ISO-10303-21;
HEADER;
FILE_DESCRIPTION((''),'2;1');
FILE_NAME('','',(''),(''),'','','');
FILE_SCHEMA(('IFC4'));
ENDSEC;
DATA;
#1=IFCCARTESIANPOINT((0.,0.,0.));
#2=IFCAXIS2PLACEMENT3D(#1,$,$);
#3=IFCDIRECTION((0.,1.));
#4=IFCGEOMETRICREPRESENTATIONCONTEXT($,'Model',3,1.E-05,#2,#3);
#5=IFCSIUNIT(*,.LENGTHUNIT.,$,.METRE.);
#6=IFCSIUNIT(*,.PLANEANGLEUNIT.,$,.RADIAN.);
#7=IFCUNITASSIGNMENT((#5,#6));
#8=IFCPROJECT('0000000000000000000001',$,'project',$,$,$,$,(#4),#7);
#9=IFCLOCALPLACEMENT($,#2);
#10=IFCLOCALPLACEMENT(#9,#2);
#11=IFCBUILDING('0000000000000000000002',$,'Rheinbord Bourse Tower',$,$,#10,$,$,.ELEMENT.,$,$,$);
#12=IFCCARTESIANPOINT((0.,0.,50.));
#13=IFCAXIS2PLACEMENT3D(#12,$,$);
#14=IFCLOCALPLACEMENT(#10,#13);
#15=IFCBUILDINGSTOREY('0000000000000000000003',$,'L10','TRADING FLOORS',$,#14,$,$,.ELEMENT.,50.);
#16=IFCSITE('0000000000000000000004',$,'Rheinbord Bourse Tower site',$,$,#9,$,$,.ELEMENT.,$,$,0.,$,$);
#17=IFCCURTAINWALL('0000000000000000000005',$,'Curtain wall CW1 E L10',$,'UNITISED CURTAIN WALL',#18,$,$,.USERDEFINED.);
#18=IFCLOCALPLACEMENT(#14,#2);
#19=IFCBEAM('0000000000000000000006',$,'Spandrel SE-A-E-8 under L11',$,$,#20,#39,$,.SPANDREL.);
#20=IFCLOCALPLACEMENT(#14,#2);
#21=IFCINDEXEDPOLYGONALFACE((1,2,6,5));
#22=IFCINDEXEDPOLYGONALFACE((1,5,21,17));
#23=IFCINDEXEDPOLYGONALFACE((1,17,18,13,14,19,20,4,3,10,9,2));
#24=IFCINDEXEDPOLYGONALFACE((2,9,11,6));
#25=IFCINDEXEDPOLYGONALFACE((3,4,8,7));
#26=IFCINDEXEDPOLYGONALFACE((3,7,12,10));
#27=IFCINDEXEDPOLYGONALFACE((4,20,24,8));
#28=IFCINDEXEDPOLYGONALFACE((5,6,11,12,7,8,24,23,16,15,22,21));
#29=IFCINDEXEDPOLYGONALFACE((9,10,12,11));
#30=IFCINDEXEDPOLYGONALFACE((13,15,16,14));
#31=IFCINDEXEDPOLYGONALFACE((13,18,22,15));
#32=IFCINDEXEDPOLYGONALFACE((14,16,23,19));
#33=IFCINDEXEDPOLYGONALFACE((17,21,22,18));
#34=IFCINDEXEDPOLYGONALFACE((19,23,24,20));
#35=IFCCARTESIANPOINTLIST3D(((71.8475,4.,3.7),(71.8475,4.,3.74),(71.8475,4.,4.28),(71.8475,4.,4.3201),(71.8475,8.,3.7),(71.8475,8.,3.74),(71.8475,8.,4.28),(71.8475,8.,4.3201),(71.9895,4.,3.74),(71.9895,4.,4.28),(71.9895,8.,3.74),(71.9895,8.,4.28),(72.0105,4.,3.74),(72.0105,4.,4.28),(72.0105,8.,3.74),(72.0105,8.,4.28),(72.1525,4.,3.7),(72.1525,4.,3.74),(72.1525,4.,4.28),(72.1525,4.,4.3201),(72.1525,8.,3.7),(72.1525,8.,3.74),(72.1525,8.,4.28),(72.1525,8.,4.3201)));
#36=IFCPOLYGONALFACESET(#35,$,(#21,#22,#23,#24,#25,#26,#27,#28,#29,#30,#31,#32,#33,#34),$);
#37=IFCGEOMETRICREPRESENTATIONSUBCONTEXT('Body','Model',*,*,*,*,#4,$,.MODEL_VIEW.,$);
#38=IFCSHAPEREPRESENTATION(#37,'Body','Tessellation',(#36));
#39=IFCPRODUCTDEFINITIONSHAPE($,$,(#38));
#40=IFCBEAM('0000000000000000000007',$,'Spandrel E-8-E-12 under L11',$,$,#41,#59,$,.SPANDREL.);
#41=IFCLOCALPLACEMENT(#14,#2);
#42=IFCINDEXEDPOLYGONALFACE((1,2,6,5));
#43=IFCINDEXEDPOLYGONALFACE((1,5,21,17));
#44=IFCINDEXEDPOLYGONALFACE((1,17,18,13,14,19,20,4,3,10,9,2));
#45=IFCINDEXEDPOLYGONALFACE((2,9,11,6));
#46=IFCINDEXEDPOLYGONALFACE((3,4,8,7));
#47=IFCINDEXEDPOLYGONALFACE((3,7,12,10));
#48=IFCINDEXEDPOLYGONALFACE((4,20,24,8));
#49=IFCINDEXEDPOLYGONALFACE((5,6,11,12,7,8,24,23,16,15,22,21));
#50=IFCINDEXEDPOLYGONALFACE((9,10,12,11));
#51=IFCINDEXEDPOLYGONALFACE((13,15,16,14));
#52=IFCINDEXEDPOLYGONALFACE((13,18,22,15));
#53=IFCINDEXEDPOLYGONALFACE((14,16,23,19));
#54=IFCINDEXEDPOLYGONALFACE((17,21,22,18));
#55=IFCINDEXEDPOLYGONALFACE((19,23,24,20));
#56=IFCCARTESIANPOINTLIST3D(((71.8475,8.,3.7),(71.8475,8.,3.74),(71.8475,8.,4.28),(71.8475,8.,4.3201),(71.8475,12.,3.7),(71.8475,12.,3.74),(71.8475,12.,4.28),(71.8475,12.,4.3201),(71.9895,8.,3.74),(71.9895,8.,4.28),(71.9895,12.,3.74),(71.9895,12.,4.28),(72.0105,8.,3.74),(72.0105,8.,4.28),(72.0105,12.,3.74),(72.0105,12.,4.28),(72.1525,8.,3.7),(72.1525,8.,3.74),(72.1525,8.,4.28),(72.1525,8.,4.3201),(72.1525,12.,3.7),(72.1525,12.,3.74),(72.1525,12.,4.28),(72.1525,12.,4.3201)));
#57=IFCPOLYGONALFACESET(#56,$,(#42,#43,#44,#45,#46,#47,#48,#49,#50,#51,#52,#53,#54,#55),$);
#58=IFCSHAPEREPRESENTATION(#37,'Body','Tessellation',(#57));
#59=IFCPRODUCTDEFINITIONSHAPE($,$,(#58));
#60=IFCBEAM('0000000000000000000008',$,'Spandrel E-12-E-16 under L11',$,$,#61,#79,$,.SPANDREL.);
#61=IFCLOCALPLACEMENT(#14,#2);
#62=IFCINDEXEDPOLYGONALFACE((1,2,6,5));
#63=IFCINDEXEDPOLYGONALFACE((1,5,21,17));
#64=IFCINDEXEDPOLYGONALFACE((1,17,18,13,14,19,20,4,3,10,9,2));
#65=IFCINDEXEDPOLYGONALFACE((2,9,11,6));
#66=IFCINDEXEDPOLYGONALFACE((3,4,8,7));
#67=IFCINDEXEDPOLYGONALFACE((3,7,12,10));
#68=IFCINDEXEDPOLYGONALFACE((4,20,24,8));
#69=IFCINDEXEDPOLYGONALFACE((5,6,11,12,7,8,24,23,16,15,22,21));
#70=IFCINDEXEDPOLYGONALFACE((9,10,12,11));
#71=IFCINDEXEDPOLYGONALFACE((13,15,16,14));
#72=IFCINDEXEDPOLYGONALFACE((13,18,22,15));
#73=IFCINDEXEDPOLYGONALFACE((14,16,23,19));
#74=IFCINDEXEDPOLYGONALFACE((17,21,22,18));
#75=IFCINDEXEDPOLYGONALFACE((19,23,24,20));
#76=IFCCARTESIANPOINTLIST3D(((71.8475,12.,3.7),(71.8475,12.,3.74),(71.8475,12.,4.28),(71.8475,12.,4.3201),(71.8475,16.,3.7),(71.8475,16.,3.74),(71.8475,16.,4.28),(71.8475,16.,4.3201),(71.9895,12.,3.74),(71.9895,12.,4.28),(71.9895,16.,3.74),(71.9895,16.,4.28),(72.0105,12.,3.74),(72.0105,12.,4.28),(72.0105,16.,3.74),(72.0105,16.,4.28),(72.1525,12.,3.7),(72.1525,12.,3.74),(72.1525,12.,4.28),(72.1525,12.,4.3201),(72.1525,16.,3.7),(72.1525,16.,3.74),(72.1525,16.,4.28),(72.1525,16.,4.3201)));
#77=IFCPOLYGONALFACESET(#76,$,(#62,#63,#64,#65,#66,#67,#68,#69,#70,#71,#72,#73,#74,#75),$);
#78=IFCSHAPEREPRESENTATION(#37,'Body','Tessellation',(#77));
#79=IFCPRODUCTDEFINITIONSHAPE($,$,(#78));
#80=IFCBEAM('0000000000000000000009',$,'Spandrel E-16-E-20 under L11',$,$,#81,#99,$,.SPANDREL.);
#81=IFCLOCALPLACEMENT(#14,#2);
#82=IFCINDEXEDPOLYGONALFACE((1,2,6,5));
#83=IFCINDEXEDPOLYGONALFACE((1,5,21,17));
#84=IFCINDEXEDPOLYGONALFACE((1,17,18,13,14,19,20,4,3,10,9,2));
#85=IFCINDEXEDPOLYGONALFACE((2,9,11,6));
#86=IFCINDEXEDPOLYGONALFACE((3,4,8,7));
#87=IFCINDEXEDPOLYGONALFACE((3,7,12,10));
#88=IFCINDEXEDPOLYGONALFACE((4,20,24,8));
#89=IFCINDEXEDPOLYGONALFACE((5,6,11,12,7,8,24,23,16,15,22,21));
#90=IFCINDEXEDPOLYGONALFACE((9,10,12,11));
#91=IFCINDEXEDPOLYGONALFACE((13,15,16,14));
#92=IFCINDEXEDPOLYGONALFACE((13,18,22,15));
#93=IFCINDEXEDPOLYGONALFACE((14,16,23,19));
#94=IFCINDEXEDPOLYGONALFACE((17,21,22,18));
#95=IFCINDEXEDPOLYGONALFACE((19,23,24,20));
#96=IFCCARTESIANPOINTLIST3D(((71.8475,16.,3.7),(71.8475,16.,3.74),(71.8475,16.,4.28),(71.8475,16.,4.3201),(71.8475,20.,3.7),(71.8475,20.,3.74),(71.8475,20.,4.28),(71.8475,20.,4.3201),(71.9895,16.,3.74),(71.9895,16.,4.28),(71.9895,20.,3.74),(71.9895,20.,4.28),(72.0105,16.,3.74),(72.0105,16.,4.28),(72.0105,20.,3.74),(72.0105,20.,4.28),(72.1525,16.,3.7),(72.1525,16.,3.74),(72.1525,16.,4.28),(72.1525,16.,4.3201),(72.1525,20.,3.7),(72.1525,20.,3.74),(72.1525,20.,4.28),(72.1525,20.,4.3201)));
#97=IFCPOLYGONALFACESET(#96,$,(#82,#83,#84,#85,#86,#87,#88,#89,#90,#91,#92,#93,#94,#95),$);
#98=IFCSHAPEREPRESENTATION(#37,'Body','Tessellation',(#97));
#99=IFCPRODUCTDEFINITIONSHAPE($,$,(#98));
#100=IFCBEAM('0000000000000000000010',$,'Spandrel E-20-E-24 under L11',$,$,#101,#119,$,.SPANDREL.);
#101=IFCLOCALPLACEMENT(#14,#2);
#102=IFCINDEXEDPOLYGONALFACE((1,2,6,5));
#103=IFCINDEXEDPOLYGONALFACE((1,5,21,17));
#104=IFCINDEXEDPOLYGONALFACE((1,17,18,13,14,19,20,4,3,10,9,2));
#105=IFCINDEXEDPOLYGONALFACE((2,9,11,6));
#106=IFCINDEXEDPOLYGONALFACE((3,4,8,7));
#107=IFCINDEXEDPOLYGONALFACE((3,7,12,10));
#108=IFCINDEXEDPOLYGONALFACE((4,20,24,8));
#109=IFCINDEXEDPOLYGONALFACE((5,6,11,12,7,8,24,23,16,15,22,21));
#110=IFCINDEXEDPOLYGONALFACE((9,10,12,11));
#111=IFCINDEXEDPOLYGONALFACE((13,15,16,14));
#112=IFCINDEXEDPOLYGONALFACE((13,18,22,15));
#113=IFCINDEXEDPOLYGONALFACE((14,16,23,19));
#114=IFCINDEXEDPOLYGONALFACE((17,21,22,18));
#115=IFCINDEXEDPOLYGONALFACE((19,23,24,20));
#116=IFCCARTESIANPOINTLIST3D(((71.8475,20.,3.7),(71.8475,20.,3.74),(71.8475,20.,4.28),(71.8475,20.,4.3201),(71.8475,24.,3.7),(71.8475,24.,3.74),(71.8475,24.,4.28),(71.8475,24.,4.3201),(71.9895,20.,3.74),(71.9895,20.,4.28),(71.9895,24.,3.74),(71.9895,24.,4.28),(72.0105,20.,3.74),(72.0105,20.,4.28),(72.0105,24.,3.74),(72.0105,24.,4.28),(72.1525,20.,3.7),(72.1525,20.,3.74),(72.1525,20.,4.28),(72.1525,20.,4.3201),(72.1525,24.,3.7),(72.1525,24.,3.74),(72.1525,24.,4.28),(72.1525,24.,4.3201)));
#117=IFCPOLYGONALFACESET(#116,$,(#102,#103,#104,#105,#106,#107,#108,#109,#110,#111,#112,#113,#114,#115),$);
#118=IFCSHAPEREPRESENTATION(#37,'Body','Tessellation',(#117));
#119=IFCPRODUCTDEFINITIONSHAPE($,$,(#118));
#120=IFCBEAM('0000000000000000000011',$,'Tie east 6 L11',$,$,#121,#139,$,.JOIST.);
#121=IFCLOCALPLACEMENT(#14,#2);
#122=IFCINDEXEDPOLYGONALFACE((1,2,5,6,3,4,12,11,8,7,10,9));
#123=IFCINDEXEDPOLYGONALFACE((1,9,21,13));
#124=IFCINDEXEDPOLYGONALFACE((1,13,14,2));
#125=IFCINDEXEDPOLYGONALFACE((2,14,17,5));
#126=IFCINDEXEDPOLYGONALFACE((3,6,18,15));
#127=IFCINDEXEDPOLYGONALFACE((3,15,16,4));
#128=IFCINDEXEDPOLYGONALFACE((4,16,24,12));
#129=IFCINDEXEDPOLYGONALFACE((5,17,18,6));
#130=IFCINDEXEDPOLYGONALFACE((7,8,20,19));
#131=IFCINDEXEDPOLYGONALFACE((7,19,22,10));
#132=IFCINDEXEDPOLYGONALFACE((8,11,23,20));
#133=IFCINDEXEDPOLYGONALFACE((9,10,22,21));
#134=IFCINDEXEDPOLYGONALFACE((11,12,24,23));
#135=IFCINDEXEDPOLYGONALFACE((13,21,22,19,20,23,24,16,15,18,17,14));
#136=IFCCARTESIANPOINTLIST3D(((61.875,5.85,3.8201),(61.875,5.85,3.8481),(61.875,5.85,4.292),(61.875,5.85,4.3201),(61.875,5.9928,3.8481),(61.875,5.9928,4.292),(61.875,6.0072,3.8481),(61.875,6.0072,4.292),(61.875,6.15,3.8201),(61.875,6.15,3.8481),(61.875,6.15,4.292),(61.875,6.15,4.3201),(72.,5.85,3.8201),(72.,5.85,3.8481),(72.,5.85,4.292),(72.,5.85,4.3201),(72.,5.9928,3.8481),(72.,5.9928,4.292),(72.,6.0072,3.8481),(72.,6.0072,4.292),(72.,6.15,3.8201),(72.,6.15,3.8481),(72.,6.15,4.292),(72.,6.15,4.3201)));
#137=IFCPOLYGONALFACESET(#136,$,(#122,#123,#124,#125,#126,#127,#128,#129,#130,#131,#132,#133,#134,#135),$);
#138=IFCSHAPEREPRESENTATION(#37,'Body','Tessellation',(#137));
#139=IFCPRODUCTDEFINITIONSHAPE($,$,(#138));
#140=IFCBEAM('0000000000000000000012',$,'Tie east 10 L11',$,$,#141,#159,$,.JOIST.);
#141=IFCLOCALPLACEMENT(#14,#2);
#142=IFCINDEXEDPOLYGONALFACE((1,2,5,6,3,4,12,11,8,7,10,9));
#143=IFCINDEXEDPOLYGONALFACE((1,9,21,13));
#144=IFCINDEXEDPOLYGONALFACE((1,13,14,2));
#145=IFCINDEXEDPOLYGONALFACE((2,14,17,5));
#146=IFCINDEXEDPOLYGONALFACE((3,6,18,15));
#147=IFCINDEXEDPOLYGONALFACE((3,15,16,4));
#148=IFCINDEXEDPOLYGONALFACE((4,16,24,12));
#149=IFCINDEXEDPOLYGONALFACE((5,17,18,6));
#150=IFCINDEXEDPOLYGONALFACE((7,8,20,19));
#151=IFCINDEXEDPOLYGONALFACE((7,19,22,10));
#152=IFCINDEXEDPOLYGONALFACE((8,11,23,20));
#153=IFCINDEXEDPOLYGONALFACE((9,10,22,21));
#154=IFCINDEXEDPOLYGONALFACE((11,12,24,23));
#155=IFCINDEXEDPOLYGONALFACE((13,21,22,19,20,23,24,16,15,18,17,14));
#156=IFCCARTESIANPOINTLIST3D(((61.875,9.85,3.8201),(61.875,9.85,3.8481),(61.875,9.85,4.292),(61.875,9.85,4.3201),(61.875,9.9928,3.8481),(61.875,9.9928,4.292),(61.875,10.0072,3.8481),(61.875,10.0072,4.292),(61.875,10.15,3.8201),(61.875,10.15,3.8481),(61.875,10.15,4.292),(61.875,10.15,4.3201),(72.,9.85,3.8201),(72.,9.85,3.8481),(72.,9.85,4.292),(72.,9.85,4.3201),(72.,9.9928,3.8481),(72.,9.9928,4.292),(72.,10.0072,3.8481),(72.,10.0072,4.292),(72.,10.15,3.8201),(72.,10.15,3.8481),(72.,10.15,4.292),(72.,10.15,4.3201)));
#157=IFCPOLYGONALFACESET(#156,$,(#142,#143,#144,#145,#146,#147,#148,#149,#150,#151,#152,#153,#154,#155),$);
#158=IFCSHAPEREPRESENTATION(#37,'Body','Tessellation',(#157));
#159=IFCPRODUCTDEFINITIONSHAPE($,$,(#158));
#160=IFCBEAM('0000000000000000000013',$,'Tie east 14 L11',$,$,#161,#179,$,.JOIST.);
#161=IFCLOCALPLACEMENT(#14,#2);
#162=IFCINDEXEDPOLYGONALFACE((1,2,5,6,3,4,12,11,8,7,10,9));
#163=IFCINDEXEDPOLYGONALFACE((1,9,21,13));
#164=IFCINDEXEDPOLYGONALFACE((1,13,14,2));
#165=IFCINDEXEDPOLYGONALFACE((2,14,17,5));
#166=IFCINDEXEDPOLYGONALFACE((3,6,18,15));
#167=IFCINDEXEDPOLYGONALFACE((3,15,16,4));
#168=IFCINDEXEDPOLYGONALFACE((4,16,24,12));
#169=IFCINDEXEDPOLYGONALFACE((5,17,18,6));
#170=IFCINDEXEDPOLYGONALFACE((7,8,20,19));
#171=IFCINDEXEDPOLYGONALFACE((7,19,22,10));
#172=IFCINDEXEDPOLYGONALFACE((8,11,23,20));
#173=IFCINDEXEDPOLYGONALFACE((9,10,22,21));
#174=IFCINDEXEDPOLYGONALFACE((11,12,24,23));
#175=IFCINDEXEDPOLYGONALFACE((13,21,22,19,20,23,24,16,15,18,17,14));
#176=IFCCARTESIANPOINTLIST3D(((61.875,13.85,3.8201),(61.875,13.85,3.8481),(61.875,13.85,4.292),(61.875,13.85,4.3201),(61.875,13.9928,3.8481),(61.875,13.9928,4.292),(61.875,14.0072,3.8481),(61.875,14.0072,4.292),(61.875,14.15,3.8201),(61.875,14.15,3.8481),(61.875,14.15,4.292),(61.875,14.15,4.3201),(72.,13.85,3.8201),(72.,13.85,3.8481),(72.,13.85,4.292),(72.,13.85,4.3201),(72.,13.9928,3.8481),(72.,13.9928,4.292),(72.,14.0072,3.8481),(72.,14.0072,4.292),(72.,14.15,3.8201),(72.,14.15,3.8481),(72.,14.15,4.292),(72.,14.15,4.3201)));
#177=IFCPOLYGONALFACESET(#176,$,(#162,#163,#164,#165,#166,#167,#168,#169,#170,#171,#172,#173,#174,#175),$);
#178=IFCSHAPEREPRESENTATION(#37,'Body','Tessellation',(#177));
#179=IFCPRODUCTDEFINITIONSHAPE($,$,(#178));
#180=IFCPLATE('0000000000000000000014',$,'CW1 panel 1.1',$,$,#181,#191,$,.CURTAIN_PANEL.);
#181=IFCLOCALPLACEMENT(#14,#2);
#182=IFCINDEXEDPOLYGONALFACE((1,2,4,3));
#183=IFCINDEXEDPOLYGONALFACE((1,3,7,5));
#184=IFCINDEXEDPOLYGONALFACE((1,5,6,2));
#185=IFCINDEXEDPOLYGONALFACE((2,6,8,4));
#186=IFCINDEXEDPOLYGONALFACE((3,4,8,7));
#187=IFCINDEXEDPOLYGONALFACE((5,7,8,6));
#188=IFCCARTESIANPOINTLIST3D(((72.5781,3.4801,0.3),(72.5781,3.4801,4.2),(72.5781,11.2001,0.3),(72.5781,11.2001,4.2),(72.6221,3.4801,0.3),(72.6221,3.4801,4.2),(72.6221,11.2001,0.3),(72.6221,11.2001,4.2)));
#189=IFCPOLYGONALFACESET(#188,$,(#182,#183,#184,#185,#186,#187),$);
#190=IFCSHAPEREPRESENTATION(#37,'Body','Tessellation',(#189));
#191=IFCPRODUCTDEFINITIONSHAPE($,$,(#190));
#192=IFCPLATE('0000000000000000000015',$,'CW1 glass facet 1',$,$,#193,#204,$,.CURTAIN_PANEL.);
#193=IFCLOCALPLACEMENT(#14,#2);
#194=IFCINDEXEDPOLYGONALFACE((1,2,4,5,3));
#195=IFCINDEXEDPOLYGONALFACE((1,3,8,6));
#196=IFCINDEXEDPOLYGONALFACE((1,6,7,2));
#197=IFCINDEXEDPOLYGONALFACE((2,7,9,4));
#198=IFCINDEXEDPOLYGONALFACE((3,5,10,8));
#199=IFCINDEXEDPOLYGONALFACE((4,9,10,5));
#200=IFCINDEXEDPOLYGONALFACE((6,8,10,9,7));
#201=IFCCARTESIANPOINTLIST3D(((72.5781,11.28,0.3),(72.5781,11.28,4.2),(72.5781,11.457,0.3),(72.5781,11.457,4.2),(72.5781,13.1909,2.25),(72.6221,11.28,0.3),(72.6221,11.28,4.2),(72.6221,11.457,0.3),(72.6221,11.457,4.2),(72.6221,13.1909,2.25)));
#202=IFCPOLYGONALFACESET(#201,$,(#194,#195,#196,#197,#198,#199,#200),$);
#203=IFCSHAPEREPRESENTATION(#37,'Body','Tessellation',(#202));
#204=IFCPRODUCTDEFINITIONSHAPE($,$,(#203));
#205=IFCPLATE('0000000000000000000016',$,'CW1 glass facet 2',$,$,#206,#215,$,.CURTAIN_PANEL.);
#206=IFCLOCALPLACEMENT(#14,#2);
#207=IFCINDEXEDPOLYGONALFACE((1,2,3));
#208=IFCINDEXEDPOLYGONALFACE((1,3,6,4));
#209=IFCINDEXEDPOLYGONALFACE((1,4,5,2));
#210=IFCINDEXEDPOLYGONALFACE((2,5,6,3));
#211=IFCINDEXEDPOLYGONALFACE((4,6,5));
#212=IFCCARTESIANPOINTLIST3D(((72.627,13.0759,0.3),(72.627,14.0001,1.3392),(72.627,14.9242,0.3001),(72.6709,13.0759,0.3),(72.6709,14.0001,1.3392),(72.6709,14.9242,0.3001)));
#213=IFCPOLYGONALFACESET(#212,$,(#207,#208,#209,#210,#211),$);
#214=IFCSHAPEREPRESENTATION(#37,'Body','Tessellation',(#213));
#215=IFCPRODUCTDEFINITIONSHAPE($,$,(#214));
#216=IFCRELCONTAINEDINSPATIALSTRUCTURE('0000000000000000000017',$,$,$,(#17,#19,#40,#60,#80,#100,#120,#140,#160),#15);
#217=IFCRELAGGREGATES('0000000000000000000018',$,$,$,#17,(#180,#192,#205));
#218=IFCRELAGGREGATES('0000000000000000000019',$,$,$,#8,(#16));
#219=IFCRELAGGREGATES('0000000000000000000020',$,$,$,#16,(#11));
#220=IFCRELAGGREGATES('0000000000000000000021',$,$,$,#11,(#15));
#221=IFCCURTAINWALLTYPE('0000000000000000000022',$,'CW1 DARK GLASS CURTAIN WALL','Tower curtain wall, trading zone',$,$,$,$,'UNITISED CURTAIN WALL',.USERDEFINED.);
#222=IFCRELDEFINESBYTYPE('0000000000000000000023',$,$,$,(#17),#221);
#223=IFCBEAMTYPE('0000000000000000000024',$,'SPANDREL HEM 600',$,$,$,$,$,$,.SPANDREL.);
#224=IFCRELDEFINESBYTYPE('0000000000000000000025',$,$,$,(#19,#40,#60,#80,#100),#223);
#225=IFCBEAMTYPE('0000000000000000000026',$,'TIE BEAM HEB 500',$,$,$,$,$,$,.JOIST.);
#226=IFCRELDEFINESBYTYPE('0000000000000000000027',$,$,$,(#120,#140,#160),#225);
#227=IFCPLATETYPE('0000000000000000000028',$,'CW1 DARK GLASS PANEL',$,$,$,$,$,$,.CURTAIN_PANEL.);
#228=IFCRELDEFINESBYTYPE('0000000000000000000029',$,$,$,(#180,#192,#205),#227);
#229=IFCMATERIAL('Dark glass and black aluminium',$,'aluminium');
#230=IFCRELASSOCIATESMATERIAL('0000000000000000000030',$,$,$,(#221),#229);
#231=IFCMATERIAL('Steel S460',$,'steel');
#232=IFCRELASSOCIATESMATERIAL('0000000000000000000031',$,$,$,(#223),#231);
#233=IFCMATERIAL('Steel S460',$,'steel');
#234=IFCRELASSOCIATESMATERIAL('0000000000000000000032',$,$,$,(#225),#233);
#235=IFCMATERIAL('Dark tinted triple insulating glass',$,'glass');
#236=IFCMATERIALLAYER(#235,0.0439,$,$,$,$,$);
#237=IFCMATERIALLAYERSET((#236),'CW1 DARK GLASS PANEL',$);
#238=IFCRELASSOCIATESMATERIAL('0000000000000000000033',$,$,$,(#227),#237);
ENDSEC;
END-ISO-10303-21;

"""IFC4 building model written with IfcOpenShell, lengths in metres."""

from ifc_helpers import new_model, si_unit, direction, frame, origin, origin_2d, place, context, subcontext, project, spatial, polyline, rectangle, i_section, outline, extrude, material, layer, layer_set, material_profile, profile_set, type_object, element, aggregate, save


model = new_model("IFC4")

# Units and contexts
model_context = context("Model", 3, precision=1e-05, world=origin(), true_north=direction((0.0, 1.0)))
body_context = subcontext(model_context, "Body", "Model", "MODEL_VIEW")
ifc_project = project(units=[si_unit("LENGTHUNIT", "METRE"), si_unit("PLANEANGLEUNIT", "RADIAN")], contexts=[model_context])

# Site, building, storey
site_placement = place(None, origin())
site = spatial("IfcSite", under=ifc_project, at=site_placement, Name="Rheinbord Bourse Tower site", CompositionType="ELEMENT", RefElevation=0.0)
building_placement = place(site_placement, origin())
building = spatial("IfcBuilding", under=site, at=building_placement, Name="Rheinbord Bourse Tower", CompositionType="ELEMENT")
storey_placement = place(building_placement, frame((0.0, 0.0, 50.0)))
storey = spatial("IfcBuildingStorey", under=building, at=storey_placement, Name="L10", Description="TRADING FLOORS", CompositionType="ELEMENT", Elevation=50.0)

# Curtain wall
ifc_material_1 = material(Name="Dark glass and black aluminium", Category="aluminium")
curtain_wall_type = type_object("IfcCurtainWallType", Name="CW1 DARK GLASS CURTAIN WALL", Description="Tower curtain wall, trading zone", ElementType="UNITISED CURTAIN WALL", PredefinedType="USERDEFINED", material=ifc_material_1)
curtain_wall_placement = place(storey_placement, origin())
curtain_wall = element("IfcCurtainWall", 1, at=curtain_wall_placement, inside=storey, type_object=curtain_wall_type, Name="Curtain wall CW1 E L10", ObjectType="UNITISED CURTAIN WALL", PredefinedType="USERDEFINED")

# Beams
ifc_material_2 = material(Name="Steel S460", Category="steel")
ifc_material_profile_1 = material_profile(ifc_material_2, i_section(OverallWidth=0.3049, OverallDepth=0.6201, WebThickness=0.021, FlangeThickness=0.04, at=origin_2d()), Name="HEM 600")
ifc_profile_set_1 = profile_set([ifc_material_profile_1], Name="Steel S460")
beam_type_1 = type_object("IfcBeamType", Name="SPANDREL HEM 600", PredefinedType="SPANDREL", material=ifc_profile_set_1)
for number, where, z_axis, x_axis, name in (
    (2, (72.0, 4.0, 4.01), (0.0, 1.0, 0.0), (-1.0, 0.0, 0.0), "Spandrel SE-A-E-8 under L11"),
    (3, (72.0, 8.0, 4.01), (0.0, 1.0, 0.0), (-1.0, 0.0, 0.0), "Spandrel E-8-E-12 under L11"),
    (4, (72.0, 12.0, 4.01), (0.0, 1.0, 0.0), (-1.0, 0.0, 0.0), "Spandrel E-12-E-16 under L11"),
    (5, (72.0, 16.0, 4.01), (0.0, 1.0, 0.0), (-1.0, 0.0, 0.0), "Spandrel E-16-E-20 under L11"),
    (6, (72.0, 20.0, 4.01), (0.0, 1.0, 0.0), (-1.0, 0.0, 0.0), "Spandrel E-20-E-24 under L11"),
):
    element("IfcBeam", number, at=place(storey_placement, frame(where, z_axis=z_axis, x_axis=x_axis)), inside=storey, type_object=beam_type_1, Name=name, PredefinedType="SPANDREL", context=body_context, shape_type="SweptSolid", body=[
        extrude(i_section(OverallWidth=0.3049, OverallDepth=0.6201, WebThickness=0.021, FlangeThickness=0.04, at=origin_2d()), origin(), (0.0, 0.0, 1.0), 4.0),
    ])
ifc_material_3 = material(Name="Steel S460", Category="steel")
ifc_material_profile_2 = material_profile(ifc_material_3, i_section(OverallWidth=0.3, OverallDepth=0.5, WebThickness=0.0144, FlangeThickness=0.0281, at=origin_2d()), Name="HEB 500")
ifc_profile_set_2 = profile_set([ifc_material_profile_2], Name="Steel S460")
beam_type_2 = type_object("IfcBeamType", Name="TIE BEAM HEB 500", PredefinedType="JOIST", material=ifc_profile_set_2)
for number, where, z_axis, x_axis, name in (
    (7, (61.875, 6.0, 4.0701), (1.0, 0.0, 0.0), (0.0, 1.0, 0.0), "Tie east 6 L11"),
    (8, (61.875, 10.0, 4.0701), (1.0, 0.0, 0.0), (0.0, 1.0, 0.0), "Tie east 10 L11"),
    (9, (61.875, 14.0, 4.0701), (1.0, 0.0, 0.0), (0.0, 1.0, 0.0), "Tie east 14 L11"),
):
    element("IfcBeam", number, at=place(storey_placement, frame(where, z_axis=z_axis, x_axis=x_axis)), inside=storey, type_object=beam_type_2, Name=name, PredefinedType="JOIST", context=body_context, shape_type="SweptSolid", body=[
        extrude(i_section(OverallWidth=0.3, OverallDepth=0.5, WebThickness=0.0144, FlangeThickness=0.0281, at=origin_2d()), origin(), (0.0, 0.0, 1.0), 10.125),
    ])

# Plates
ifc_material_4 = material(Name="Dark tinted triple insulating glass", Category="glass")
ifc_layer_1 = layer(ifc_material_4, 0.0439)
ifc_layer_set_1 = layer_set([ifc_layer_1], Name="CW1 DARK GLASS PANEL")
plate_type = type_object("IfcPlateType", Name="CW1 DARK GLASS PANEL", PredefinedType="CURTAIN_PANEL", material=ifc_layer_set_1)
plate_1_placement = place(storey_placement, frame((72.6001, 7.3401, 0.3), z_axis=(0.0, 0.0, 1.0), x_axis=(0.0, 1.0, 0.0)))
plate_1 = element("IfcPlate", 10, at=plate_1_placement, type_object=plate_type, Name="CW1 panel 1.1", PredefinedType="CURTAIN_PANEL", context=body_context, shape_type="SweptSolid", body=[
    extrude(rectangle(XDim=7.72, YDim=0.0439, at=origin_2d()), origin(), (0.0, 0.0, 1.0), 3.8999),
])
plate_2_placement = place(storey_placement, frame((72.6221, 11.28, 0.3), z_axis=(-1.0, 0.0, 0.0), x_axis=(0.0, 0.0, 1.0)))
plate_2 = element("IfcPlate", 11, at=plate_2_placement, type_object=plate_type, Name="CW1 glass facet 1", PredefinedType="CURTAIN_PANEL", context=body_context, shape_type="SweptSolid", body=[
    extrude(outline(polyline([(0.0, 0.0), (3.8999, 0.0), (3.8999, 0.177), (1.95, 1.9109), (0.0, 0.177), (0.0, 0.0)])), origin(), (0.0, 0.0, 1.0), 0.0439),
])
plate_3_placement = place(storey_placement, frame((72.6709, 13.0759, 0.3), z_axis=(-1.0, 0.0, 0.0), x_axis=(0.0, 0.664549, 0.747245)))
plate_3 = element("IfcPlate", 12, at=plate_3_placement, type_object=plate_type, Name="CW1 glass facet 2", PredefinedType="CURTAIN_PANEL", context=body_context, shape_type="SweptSolid", body=[
    extrude(outline(polyline([(0.0, 0.0), (1.3906, 0.0), (1.2283, 1.3811), (0.0, 0.0)])), origin(), (0.0, 0.0, 1.0), 0.0439),
])
aggregate(curtain_wall, [plate_1, plate_2, plate_3])

save(model, "model.ifc")
